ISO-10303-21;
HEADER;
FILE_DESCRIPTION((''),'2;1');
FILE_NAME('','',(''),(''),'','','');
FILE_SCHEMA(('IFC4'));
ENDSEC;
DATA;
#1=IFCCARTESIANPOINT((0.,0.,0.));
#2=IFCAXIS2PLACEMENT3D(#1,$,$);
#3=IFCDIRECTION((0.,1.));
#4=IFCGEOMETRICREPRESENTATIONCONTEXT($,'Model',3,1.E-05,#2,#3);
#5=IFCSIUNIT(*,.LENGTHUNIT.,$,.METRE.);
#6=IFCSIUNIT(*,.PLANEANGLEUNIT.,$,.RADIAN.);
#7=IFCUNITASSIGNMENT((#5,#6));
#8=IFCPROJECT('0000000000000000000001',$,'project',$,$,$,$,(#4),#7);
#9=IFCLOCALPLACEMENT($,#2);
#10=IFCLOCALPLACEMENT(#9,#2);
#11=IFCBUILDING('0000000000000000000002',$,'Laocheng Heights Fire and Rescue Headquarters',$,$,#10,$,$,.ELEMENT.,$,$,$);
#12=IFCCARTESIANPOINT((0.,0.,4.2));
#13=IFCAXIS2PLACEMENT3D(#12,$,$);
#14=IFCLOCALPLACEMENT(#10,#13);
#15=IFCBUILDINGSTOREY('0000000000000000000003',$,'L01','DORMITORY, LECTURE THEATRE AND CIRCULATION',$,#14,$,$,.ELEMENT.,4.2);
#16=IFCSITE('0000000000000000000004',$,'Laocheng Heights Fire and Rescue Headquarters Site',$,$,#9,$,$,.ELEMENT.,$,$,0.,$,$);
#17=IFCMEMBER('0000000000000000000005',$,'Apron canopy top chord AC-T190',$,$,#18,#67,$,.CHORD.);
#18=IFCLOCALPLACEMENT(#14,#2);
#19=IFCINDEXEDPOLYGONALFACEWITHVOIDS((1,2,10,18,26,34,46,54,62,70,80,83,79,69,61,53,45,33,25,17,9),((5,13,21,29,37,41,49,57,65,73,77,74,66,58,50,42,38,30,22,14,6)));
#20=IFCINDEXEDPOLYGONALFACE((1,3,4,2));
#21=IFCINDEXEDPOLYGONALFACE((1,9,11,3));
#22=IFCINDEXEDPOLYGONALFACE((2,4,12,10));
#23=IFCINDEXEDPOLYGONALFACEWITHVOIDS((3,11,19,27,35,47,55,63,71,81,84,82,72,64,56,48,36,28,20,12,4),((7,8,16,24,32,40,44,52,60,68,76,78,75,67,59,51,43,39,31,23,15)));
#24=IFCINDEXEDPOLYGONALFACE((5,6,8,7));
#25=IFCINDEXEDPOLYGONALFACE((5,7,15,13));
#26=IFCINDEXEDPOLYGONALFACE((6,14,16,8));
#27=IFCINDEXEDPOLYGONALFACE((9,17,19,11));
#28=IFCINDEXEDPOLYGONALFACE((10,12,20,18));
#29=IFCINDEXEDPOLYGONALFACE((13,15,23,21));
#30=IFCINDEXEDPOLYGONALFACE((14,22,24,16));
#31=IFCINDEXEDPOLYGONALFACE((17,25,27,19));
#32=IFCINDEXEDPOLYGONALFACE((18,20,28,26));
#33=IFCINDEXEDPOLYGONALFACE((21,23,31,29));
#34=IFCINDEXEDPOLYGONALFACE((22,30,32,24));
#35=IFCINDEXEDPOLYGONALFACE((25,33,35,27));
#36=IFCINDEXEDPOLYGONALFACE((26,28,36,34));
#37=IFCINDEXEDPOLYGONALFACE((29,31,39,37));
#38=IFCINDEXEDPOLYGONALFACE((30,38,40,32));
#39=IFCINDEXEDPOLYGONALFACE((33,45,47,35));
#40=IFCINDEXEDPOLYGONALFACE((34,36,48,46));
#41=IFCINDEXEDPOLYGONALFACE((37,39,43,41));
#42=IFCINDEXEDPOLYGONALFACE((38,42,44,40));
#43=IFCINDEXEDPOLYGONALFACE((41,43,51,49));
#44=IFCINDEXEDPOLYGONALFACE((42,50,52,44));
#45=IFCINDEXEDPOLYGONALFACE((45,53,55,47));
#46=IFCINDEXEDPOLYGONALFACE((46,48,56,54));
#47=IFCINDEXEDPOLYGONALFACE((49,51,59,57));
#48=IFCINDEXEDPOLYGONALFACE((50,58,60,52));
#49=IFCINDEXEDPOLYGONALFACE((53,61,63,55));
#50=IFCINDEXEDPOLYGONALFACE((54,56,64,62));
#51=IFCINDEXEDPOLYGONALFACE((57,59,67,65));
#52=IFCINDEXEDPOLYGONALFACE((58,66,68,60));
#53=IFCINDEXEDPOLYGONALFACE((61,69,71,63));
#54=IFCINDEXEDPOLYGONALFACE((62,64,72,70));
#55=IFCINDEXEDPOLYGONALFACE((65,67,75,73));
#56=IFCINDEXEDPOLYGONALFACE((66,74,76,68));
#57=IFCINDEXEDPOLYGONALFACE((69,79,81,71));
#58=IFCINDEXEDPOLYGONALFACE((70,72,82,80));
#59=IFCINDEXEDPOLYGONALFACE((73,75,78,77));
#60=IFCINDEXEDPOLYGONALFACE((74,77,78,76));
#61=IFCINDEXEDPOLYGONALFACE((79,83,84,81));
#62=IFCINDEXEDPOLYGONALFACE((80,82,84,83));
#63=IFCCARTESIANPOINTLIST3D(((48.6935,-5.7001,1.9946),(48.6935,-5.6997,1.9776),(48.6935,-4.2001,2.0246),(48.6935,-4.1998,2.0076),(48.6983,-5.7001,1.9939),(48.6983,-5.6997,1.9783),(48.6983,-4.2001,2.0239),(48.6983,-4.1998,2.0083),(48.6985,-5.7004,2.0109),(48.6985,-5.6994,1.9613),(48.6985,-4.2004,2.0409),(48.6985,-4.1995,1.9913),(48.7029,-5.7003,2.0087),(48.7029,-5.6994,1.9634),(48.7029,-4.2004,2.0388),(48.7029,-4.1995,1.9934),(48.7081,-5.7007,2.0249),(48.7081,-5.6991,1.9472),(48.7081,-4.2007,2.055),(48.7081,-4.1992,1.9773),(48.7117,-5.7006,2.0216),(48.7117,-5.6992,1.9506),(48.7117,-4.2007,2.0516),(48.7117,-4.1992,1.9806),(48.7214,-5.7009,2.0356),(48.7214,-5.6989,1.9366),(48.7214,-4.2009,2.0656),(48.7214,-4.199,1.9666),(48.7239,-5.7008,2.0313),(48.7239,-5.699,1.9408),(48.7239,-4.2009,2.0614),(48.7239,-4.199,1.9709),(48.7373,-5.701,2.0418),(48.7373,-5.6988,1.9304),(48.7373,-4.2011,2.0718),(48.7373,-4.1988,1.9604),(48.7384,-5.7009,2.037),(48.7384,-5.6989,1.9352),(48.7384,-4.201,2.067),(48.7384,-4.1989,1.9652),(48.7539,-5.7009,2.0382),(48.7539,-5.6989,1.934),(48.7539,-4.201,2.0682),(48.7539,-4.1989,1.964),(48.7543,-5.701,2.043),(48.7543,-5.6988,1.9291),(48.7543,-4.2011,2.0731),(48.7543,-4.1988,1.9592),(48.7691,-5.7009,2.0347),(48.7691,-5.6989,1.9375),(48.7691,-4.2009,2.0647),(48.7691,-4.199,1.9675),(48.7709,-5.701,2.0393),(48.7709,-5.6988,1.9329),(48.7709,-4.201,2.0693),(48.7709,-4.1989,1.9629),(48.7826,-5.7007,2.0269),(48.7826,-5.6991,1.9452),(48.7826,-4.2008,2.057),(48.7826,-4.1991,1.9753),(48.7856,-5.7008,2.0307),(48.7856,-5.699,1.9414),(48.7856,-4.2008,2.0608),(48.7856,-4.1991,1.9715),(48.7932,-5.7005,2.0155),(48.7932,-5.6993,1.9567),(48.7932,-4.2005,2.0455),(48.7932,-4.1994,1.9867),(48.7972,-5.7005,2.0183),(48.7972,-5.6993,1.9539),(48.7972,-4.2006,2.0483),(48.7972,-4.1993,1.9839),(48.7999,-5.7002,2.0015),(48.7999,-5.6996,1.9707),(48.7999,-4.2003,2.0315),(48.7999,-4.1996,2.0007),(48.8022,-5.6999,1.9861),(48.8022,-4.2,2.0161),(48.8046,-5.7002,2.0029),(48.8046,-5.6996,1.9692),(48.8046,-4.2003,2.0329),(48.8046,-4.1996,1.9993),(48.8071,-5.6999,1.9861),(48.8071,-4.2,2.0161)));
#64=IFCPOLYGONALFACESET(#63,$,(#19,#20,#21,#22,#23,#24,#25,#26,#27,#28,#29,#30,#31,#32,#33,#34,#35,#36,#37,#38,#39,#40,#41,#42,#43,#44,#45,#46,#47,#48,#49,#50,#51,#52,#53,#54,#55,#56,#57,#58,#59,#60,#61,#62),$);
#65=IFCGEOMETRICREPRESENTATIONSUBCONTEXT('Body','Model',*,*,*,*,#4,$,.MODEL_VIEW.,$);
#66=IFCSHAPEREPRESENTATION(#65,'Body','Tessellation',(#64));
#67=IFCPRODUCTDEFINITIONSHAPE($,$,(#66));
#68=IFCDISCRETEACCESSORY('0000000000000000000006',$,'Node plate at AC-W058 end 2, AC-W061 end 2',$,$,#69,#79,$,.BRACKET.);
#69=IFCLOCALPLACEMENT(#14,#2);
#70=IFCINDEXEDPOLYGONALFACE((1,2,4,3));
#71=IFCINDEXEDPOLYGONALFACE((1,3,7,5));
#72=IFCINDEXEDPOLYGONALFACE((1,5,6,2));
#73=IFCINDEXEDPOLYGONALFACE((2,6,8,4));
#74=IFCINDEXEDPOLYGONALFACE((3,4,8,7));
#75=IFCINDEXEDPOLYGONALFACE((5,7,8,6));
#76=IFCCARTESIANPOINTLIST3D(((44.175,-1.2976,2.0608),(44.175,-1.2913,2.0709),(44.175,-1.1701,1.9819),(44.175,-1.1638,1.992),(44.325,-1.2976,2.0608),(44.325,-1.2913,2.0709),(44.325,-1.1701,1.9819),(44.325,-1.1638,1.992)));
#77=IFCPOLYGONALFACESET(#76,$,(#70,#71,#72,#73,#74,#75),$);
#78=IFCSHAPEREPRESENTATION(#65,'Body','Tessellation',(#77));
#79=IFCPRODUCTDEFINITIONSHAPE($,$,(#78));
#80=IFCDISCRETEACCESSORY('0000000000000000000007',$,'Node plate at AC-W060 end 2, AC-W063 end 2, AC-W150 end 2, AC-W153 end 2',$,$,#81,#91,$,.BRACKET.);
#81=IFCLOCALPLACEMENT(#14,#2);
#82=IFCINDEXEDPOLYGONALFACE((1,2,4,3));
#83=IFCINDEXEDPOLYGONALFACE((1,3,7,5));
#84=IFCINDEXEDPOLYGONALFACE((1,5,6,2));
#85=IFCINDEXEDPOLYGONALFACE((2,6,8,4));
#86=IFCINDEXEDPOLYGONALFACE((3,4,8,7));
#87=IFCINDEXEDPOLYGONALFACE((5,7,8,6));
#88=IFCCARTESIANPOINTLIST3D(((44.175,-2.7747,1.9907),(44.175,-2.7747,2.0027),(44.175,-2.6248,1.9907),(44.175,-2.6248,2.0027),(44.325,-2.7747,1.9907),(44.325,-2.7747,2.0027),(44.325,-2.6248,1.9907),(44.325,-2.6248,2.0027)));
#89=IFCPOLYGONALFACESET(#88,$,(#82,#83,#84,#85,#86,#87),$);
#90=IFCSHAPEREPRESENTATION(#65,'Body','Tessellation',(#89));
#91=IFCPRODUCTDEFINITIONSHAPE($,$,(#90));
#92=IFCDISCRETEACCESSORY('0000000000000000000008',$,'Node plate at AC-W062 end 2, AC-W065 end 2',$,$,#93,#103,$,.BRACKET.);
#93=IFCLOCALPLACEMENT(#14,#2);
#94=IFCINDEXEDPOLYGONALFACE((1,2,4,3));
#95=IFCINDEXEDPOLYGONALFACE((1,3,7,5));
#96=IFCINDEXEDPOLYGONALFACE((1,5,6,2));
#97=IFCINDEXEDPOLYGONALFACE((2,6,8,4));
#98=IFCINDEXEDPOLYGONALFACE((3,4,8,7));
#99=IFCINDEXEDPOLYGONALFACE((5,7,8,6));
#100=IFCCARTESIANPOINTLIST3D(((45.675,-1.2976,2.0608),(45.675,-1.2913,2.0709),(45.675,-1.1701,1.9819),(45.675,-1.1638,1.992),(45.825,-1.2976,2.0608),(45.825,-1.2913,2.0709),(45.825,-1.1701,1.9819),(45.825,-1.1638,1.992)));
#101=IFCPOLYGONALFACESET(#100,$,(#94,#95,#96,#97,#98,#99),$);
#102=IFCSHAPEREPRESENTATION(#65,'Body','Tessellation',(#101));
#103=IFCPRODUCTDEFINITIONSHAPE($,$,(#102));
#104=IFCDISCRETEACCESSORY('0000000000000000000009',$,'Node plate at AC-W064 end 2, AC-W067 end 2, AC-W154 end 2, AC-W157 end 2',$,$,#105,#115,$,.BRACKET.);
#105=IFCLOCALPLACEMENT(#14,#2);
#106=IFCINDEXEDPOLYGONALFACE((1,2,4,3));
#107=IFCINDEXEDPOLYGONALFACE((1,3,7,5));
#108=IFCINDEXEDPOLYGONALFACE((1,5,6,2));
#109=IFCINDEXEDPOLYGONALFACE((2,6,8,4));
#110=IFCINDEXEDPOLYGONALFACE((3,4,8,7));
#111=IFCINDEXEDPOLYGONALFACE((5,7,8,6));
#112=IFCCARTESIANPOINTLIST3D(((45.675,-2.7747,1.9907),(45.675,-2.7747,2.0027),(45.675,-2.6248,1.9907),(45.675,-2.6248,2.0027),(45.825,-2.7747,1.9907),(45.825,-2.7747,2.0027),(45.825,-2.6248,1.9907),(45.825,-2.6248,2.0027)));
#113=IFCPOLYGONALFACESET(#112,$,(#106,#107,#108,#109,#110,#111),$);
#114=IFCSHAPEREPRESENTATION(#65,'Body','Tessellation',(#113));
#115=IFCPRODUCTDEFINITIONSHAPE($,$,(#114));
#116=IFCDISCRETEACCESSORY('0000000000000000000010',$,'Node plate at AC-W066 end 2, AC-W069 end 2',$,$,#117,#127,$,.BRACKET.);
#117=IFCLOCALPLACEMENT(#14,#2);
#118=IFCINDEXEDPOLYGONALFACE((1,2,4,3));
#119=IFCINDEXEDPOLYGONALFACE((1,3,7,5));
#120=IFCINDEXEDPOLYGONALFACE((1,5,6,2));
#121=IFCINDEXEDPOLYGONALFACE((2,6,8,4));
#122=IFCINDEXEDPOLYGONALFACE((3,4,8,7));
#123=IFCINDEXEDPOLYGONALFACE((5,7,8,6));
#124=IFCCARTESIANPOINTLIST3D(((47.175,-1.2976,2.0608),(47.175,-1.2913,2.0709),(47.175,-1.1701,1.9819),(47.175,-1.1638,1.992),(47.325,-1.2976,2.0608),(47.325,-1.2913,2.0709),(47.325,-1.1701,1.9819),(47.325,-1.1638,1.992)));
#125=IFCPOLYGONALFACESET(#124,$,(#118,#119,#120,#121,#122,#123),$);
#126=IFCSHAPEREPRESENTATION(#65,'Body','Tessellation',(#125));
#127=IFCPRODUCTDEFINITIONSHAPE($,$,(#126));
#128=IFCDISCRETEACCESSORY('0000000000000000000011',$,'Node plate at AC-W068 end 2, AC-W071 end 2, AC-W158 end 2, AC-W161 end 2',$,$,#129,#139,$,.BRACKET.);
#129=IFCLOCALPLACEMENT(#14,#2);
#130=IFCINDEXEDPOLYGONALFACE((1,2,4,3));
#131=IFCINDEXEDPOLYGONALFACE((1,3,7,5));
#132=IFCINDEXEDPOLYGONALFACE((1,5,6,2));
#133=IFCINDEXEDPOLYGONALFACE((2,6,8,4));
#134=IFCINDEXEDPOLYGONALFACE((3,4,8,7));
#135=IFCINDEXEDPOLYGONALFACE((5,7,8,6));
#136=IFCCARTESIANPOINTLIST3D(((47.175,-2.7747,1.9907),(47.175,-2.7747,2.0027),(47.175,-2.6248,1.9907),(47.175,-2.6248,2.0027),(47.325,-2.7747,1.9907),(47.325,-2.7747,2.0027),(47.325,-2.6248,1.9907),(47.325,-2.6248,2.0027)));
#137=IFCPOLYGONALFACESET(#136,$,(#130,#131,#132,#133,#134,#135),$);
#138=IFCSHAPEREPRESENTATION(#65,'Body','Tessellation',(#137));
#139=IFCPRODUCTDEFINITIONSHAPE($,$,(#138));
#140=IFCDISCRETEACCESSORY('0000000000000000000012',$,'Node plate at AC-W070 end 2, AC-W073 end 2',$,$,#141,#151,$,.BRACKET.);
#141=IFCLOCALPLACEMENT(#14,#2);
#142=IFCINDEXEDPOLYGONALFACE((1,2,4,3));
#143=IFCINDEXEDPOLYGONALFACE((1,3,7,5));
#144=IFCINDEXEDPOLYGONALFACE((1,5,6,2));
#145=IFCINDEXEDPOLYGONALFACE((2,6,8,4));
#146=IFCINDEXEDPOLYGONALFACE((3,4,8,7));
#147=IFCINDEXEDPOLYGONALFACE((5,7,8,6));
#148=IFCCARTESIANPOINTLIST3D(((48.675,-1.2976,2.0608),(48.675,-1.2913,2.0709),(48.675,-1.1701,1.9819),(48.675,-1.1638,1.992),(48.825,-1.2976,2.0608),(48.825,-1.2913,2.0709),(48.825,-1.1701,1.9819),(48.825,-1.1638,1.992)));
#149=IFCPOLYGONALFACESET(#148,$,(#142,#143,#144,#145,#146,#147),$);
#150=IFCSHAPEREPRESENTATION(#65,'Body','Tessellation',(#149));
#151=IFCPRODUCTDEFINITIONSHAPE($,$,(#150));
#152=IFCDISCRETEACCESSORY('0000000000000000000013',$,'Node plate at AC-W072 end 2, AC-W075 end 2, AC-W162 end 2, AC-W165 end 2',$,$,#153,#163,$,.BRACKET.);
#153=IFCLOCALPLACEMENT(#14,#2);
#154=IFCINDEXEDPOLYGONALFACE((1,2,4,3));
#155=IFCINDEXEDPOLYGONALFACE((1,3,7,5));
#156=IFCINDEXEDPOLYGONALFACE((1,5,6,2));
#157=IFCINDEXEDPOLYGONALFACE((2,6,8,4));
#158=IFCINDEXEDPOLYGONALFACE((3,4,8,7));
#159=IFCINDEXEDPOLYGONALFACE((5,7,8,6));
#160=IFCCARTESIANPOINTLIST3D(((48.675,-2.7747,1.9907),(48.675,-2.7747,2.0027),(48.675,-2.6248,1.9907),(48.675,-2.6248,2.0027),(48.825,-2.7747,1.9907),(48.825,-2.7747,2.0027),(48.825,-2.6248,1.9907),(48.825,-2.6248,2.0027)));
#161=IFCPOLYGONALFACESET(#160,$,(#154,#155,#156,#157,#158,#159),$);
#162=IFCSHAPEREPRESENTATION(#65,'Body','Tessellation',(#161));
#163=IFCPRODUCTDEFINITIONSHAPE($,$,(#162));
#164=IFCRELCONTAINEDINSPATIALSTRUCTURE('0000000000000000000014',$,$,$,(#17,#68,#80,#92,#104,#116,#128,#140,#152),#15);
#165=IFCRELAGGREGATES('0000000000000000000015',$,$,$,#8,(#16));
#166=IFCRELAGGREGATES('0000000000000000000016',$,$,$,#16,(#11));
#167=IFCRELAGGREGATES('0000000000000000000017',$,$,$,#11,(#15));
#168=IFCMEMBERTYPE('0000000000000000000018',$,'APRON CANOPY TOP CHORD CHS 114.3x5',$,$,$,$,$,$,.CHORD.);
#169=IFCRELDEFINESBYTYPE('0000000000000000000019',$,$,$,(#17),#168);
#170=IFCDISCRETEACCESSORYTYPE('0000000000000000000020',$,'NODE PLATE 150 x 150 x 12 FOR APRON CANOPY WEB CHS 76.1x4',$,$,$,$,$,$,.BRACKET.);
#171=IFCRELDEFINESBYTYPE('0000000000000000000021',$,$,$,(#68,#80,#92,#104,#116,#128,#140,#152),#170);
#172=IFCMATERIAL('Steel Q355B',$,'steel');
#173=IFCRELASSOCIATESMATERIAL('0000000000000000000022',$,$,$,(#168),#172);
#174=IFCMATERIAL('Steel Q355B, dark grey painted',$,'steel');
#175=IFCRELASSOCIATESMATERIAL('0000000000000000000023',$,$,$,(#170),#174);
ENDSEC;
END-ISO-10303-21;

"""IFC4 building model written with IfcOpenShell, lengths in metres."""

from ifc_helpers import new_model, si_unit, direction, frame, origin, origin_2d, place, context, subcontext, project, spatial, rectangle, hollow_circle, extrude, material, material_profile, profile_set, type_object, element, save


model = new_model("IFC4")

# Units and contexts
model_context = context("Model", 3, precision=1e-05, world=origin(), true_north=direction((0.0, 1.0)))
body_context = subcontext(model_context, "Body", "Model", "MODEL_VIEW")
ifc_project = project(units=[si_unit("LENGTHUNIT", "METRE"), si_unit("PLANEANGLEUNIT", "RADIAN")], contexts=[model_context])

# Site, building, storey
site_placement = place(None, origin())
site = spatial("IfcSite", under=ifc_project, at=site_placement, Name="Laocheng Heights Fire and Rescue Headquarters Site", CompositionType="ELEMENT", RefElevation=0.0)
building_placement = place(site_placement, origin())
building = spatial("IfcBuilding", under=site, at=building_placement, Name="Laocheng Heights Fire and Rescue Headquarters", CompositionType="ELEMENT")
storey_placement = place(building_placement, frame((0.0, 0.0, 4.2)))
storey = spatial("IfcBuildingStorey", under=building, at=storey_placement, Name="L01", Description="DORMITORY, LECTURE THEATRE AND CIRCULATION", CompositionType="ELEMENT", Elevation=4.2)

# Member
ifc_material_1 = material(Name="Steel Q355B", Category="steel")
ifc_material_profile_1 = material_profile(ifc_material_1, hollow_circle(Radius=0.0571, WallThickness=0.0049, at=origin_2d()), Name="CHS 114.3x5")
ifc_profile_set_1 = profile_set([ifc_material_profile_1], Name="Steel Q355B")
member_type = type_object("IfcMemberType", Name="APRON CANOPY TOP CHORD CHS 114.3x5", PredefinedType="CHORD", material=ifc_profile_set_1)
for number, where, z_axis, x_axis, name in (
    (1, (48.75, -4.2, 2.0161), (0.0, -0.9998, -0.020016), (1.0, 0.0, 0.0), "Apron canopy top chord AC-T190"),
):
    element("IfcMember", number, at=place(storey_placement, frame(where, z_axis=z_axis, x_axis=x_axis)), inside=storey, type_object=member_type, Name=name, PredefinedType="CHORD", context=body_context, shape_type="SweptSolid", body=[
        extrude(hollow_circle(Radius=0.0571, WallThickness=0.0049, at=origin_2d()), origin(), (0.0, 0.0, 1.0), 1.5002),
    ])

# Discrete accessories
ifc_material_2 = material(Name="Steel Q355B, dark grey painted", Category="steel")
ifc_material_profile_2 = material_profile(ifc_material_2, rectangle(XDim=0.1499, YDim=0.1499, at=origin_2d()), Name="NODE PLATE 150 x 150 x 12 FOR APRON CANOPY WEB CHS 76.1x4")
ifc_profile_set_2 = profile_set([ifc_material_profile_2], Name="Steel Q355B, dark grey painted")
discrete_accessory_type = type_object("IfcDiscreteAccessoryType", Name="NODE PLATE 150 x 150 x 12 FOR APRON CANOPY WEB CHS 76.1x4", PredefinedType="BRACKET", material=ifc_profile_set_2)
for number, where, z_axis, x_axis, name in (
    (2, (44.25, -1.2275, 2.0315), (0.0, -0.526355, -0.850265), (1.0, 0.0, 0.0), "Node plate at AC-W058 end 2, AC-W061 end 2"),
    (3, (44.25, -2.6997, 2.0027), (0.0, 0.0, -1.0), (1.0, 0.0, 0.0), "Node plate at AC-W060 end 2, AC-W063 end 2, AC-W150 end 2, AC-W153 end 2"),
    (4, (45.75, -1.2275, 2.0315), (0.0, -0.526355, -0.850265), (1.0, 0.0, 0.0), "Node plate at AC-W062 end 2, AC-W065 end 2"),
    (5, (45.75, -2.6997, 2.0027), (0.0, 0.0, -1.0), (1.0, 0.0, 0.0), "Node plate at AC-W064 end 2, AC-W067 end 2, AC-W154 end 2, AC-W157 end 2"),
    (6, (47.25, -1.2275, 2.0315), (0.0, -0.526355, -0.850265), (1.0, 0.0, 0.0), "Node plate at AC-W066 end 2, AC-W069 end 2"),
    (7, (47.25, -2.6997, 2.0027), (0.0, 0.0, -1.0), (1.0, 0.0, 0.0), "Node plate at AC-W068 end 2, AC-W071 end 2, AC-W158 end 2, AC-W161 end 2"),
    (8, (48.75, -1.2275, 2.0315), (0.0, -0.526355, -0.850265), (1.0, 0.0, 0.0), "Node plate at AC-W070 end 2, AC-W073 end 2"),
    (9, (48.75, -2.6997, 2.0027), (0.0, 0.0, -1.0), (1.0, 0.0, 0.0), "Node plate at AC-W072 end 2, AC-W075 end 2, AC-W162 end 2, AC-W165 end 2"),
):
    element("IfcDiscreteAccessory", number, at=place(storey_placement, frame(where, z_axis=z_axis, x_axis=x_axis)), inside=storey, type_object=discrete_accessory_type, Name=name, PredefinedType="BRACKET", context=body_context, shape_type="SweptSolid", body=[
        extrude(rectangle(XDim=0.1499, YDim=0.1499, at=origin_2d()), origin(), (0.0, 0.0, 1.0), 0.012),
    ])

save(model, "model.ifc")
